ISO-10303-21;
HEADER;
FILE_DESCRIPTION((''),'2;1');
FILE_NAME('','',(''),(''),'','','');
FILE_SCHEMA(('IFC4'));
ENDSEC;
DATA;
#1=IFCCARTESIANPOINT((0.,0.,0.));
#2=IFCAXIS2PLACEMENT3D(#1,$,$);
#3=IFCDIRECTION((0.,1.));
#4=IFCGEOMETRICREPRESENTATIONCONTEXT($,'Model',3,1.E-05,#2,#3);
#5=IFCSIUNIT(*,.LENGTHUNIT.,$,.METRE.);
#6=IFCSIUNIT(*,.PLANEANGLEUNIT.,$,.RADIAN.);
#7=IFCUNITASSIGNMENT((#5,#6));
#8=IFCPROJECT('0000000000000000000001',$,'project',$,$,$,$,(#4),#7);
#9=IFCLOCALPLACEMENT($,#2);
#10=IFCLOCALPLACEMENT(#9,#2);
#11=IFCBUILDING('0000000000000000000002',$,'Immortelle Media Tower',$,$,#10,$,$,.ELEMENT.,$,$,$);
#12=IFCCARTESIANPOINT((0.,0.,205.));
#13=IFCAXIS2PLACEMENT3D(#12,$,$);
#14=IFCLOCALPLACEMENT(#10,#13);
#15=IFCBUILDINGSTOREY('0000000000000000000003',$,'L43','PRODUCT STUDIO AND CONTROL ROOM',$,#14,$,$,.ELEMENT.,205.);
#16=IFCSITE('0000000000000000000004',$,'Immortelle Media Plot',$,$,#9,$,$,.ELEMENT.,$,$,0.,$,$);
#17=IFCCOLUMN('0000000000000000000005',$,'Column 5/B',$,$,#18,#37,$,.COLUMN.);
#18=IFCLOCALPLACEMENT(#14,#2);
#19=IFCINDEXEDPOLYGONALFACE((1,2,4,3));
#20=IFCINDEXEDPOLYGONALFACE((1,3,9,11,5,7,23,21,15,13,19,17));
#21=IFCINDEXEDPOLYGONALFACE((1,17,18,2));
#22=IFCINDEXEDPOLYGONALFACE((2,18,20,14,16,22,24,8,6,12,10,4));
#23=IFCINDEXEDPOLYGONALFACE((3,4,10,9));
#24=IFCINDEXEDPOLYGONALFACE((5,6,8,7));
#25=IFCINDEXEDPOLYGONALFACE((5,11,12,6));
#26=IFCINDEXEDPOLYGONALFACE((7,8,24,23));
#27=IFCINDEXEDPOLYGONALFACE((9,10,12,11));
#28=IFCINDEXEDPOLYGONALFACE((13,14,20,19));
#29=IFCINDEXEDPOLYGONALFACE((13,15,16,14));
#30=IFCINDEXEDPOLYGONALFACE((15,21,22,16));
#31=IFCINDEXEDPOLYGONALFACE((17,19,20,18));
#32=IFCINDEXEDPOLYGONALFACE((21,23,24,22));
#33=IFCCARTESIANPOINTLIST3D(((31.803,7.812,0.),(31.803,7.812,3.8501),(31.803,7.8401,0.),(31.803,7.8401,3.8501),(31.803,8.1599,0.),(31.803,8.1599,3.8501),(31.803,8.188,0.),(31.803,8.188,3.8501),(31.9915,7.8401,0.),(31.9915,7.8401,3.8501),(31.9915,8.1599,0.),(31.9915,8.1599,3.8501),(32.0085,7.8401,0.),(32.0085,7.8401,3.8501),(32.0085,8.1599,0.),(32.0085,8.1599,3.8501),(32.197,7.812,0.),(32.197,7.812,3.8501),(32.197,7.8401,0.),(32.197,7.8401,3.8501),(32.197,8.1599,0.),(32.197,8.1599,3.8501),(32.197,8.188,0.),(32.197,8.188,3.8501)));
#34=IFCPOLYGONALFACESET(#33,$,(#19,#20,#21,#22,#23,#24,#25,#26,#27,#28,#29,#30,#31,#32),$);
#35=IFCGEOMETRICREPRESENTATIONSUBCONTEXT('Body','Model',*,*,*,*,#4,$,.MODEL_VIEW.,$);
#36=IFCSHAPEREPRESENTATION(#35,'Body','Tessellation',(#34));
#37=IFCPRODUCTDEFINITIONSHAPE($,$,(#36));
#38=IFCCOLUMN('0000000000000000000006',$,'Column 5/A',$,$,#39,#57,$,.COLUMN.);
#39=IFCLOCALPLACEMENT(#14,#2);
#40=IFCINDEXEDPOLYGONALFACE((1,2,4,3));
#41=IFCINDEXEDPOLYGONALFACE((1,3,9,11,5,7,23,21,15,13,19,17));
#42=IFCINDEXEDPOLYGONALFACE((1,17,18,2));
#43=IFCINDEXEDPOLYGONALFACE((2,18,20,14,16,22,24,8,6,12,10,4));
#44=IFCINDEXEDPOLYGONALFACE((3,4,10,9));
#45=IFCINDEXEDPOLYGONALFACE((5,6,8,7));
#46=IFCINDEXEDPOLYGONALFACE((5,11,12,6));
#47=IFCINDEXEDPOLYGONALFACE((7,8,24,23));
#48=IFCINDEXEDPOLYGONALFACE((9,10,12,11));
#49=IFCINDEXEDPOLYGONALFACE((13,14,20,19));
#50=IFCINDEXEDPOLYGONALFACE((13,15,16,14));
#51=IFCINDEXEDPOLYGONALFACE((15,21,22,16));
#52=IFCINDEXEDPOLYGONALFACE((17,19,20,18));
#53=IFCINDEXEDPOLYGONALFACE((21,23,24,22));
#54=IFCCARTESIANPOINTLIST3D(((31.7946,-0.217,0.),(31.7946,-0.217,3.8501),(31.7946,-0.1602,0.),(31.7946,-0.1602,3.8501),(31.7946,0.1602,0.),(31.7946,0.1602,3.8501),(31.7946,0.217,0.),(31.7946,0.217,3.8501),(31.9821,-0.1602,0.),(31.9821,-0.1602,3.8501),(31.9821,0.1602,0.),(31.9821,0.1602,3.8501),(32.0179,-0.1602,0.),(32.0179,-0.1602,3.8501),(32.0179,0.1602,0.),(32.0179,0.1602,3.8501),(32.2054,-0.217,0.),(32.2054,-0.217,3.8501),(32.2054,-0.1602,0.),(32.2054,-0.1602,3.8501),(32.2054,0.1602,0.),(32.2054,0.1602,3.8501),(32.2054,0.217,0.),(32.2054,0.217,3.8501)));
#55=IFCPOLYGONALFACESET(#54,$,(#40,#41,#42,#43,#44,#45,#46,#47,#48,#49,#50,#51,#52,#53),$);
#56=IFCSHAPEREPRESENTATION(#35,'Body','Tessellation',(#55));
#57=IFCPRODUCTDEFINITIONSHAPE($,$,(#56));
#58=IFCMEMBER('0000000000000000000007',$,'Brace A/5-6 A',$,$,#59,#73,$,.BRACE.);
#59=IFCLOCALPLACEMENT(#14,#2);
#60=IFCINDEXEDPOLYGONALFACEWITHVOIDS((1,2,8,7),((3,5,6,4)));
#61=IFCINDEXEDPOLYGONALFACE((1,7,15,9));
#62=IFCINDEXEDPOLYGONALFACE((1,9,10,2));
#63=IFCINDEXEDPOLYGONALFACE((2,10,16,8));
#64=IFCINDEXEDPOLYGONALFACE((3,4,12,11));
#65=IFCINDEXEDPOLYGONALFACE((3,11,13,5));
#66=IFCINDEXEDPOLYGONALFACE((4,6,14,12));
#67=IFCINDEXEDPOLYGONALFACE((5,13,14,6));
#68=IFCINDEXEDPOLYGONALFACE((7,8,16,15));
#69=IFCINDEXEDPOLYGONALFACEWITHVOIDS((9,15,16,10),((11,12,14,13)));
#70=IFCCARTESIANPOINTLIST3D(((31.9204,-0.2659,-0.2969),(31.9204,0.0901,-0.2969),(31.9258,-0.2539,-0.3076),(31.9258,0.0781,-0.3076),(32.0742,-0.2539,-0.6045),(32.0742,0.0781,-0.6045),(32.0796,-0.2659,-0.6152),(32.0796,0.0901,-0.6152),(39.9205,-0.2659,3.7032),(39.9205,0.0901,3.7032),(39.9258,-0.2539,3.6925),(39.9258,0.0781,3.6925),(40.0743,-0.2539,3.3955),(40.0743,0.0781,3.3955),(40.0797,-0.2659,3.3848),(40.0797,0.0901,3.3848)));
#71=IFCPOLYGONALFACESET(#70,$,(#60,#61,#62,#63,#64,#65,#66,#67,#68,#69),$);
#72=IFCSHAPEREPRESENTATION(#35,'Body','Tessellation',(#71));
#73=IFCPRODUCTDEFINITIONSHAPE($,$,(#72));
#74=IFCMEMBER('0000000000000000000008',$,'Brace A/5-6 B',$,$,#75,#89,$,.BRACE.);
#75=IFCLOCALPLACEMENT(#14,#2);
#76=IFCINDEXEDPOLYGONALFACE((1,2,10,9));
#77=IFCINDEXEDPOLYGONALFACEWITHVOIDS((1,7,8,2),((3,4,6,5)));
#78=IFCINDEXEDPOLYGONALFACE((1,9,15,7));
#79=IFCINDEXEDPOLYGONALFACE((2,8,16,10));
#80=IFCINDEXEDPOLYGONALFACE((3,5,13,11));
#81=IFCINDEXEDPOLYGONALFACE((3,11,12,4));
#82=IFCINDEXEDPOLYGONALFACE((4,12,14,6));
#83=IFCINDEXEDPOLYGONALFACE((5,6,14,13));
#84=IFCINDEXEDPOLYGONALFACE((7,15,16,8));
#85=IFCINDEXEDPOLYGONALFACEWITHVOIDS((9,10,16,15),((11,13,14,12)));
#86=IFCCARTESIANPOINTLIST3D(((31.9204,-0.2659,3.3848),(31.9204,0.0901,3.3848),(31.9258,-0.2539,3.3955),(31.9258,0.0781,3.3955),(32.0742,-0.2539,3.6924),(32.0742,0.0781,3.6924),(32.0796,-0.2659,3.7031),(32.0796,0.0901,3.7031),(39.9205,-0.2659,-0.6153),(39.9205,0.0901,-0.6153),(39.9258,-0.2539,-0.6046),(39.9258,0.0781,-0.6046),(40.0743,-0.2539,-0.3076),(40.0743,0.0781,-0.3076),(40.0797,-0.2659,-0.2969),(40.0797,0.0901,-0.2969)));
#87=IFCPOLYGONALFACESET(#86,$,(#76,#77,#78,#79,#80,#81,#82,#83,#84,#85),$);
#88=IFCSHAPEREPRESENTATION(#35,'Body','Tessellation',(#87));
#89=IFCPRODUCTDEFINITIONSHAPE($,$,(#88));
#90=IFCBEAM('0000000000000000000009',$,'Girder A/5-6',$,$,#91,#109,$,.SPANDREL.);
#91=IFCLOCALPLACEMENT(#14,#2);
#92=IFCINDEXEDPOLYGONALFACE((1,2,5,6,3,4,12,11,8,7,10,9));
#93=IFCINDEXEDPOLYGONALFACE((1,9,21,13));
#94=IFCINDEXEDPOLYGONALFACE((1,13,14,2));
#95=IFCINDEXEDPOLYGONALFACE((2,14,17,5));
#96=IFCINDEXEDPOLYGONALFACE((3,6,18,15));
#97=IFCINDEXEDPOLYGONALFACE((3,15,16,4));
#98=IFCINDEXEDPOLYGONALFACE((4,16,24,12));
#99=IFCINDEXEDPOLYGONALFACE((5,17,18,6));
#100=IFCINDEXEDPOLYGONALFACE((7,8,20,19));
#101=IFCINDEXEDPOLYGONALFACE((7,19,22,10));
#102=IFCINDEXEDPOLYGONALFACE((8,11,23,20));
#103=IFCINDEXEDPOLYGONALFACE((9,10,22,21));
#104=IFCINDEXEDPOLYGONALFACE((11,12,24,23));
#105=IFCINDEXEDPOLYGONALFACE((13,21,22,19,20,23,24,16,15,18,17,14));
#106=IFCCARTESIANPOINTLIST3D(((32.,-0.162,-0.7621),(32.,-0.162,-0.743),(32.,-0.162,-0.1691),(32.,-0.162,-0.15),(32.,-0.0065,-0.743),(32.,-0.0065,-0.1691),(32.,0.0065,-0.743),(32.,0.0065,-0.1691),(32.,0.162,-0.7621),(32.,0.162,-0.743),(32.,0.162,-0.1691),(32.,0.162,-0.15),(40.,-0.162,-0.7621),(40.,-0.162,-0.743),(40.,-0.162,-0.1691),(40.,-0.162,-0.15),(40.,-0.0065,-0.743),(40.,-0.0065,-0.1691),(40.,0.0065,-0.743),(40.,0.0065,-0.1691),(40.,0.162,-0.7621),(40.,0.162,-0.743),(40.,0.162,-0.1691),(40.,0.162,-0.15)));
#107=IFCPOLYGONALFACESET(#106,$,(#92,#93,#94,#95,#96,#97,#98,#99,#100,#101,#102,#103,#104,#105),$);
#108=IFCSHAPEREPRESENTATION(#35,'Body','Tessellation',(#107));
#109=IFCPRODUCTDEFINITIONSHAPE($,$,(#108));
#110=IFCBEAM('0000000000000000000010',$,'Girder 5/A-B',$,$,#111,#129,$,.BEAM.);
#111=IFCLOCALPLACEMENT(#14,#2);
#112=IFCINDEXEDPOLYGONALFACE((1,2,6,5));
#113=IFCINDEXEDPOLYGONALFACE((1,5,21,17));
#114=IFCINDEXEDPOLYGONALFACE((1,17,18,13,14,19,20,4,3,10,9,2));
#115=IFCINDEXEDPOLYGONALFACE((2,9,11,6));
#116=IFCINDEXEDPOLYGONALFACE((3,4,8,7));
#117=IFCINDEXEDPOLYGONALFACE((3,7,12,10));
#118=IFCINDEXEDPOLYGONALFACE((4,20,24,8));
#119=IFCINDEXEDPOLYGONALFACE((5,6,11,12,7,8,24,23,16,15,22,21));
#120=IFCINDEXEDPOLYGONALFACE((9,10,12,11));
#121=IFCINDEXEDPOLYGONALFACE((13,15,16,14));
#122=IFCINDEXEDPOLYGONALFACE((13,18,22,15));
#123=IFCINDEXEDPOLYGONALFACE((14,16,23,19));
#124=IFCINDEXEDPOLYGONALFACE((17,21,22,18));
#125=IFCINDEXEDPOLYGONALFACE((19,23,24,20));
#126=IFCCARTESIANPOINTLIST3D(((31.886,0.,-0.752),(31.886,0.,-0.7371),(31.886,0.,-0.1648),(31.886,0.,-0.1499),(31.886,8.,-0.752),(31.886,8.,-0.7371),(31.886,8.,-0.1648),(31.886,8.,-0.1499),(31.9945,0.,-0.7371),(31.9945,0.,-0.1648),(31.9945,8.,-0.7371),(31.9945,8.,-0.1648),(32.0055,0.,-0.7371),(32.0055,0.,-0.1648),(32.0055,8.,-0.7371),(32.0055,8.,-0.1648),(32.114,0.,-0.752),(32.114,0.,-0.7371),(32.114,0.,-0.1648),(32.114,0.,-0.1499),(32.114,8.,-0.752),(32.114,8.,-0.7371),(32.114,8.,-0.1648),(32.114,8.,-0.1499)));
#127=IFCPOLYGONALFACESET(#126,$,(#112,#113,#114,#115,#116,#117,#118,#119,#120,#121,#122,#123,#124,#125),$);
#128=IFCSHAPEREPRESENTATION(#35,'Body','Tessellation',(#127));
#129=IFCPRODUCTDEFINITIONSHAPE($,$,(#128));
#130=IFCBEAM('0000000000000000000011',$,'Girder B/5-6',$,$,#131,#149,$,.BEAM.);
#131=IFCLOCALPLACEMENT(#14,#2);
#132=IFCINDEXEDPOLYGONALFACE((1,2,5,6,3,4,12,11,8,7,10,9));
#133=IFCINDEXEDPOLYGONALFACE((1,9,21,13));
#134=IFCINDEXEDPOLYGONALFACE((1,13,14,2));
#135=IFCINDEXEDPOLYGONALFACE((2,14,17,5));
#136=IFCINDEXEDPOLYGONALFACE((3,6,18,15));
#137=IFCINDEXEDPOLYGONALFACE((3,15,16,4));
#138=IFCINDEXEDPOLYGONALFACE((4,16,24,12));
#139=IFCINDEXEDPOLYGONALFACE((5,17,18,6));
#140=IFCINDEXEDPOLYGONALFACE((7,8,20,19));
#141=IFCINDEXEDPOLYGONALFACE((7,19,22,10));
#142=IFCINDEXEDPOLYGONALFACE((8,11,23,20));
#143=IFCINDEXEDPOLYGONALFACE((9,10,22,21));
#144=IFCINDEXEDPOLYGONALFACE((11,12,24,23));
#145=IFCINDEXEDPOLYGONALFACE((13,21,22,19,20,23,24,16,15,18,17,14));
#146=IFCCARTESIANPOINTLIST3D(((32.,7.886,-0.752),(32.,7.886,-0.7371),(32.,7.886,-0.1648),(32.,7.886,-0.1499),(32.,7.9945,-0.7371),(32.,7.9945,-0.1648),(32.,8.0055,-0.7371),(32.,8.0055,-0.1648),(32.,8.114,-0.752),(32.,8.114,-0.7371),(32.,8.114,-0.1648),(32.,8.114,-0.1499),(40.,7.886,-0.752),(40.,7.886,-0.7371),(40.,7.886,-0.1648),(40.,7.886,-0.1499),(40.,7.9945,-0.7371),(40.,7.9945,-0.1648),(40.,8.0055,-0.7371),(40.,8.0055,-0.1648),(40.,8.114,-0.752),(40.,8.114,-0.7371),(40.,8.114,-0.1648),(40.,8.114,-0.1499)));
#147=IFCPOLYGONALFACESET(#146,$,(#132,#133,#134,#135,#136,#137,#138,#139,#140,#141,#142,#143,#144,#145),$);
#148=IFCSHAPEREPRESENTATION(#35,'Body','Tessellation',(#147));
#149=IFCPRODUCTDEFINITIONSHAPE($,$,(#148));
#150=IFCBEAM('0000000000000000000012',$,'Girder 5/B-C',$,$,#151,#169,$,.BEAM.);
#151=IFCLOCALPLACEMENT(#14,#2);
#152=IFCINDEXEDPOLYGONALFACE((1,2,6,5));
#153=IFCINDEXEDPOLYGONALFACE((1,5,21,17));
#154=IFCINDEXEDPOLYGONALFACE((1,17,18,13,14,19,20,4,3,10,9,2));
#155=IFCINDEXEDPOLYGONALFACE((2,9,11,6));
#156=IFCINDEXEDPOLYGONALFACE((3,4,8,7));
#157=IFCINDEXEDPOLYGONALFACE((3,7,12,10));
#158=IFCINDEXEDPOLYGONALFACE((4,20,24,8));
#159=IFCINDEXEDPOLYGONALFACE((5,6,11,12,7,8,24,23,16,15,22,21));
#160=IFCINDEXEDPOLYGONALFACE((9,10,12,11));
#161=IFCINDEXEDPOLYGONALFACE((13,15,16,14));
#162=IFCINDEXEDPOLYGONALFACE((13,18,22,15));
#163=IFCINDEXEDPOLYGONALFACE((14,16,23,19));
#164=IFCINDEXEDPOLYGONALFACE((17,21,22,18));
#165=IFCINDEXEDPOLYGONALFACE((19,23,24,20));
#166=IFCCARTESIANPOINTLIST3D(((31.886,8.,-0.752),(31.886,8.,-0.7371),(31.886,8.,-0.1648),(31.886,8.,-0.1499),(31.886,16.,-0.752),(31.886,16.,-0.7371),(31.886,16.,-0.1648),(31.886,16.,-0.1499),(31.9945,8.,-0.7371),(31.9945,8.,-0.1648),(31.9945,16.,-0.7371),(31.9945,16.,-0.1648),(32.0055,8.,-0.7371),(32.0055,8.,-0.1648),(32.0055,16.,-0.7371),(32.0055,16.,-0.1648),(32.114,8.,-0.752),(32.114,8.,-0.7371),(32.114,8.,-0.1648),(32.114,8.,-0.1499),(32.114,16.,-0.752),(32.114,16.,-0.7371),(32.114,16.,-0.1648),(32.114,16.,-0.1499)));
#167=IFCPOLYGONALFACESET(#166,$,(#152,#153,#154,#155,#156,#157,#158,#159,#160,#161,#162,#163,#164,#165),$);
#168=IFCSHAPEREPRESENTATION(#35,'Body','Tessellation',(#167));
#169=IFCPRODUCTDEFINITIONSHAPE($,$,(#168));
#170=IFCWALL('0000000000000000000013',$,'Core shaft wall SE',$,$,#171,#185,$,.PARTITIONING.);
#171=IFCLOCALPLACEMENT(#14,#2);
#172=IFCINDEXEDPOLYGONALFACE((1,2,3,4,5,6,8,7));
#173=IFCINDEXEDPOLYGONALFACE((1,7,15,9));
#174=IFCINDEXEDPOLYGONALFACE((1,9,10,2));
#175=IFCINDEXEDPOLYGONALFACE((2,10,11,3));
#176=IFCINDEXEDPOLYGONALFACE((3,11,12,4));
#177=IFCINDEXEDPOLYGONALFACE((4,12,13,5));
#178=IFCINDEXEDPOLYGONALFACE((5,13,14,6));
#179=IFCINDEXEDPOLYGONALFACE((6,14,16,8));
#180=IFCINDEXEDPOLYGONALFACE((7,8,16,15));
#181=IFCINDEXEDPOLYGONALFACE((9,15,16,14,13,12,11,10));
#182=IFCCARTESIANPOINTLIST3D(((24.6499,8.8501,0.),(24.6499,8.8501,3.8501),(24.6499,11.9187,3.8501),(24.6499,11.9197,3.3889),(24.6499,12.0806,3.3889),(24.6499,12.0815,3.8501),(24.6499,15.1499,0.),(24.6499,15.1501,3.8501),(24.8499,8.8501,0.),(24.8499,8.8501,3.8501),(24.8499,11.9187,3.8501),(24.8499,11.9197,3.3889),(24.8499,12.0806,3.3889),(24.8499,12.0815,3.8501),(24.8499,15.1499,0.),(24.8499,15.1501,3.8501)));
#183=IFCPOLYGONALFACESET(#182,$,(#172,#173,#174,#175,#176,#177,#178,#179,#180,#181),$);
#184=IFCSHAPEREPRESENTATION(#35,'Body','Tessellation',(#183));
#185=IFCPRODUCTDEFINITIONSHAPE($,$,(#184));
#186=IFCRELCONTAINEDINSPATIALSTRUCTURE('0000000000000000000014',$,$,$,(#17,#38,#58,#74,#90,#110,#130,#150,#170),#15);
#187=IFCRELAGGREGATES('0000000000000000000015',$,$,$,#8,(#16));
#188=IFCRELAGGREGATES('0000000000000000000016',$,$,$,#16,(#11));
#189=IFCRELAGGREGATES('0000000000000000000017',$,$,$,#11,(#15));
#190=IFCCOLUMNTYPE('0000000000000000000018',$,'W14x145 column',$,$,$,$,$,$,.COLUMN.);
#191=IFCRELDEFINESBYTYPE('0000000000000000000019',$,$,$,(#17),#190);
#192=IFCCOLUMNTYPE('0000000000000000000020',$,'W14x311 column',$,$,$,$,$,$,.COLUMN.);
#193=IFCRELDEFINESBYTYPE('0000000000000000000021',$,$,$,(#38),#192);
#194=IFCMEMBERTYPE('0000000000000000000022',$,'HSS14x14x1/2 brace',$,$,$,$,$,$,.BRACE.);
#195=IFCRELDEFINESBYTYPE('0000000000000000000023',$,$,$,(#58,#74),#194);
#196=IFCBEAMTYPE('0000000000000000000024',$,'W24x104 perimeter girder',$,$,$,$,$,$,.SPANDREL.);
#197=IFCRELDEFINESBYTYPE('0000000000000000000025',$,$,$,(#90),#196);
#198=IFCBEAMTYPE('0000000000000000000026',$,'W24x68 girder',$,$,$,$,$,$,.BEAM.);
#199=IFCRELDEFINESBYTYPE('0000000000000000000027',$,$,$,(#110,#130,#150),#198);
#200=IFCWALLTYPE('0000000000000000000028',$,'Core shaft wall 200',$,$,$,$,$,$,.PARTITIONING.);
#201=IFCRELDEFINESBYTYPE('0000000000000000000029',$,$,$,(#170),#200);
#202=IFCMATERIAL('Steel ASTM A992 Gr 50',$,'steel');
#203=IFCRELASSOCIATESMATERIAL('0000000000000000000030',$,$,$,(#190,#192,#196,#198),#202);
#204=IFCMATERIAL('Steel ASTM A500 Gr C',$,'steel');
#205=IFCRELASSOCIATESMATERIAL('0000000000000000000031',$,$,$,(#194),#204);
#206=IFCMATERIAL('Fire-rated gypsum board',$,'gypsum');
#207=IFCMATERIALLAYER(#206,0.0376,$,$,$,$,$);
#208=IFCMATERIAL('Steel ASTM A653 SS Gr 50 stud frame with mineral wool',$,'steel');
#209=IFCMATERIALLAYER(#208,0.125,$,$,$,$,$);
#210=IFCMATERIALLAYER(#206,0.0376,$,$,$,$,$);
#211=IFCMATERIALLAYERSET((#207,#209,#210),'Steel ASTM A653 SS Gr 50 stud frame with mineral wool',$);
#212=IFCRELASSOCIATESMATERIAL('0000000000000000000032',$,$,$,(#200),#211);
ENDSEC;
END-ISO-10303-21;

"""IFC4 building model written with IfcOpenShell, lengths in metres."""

from ifc_helpers import new_model, si_unit, direction, frame, origin, origin_2d, place, context, subcontext, project, spatial, polyline, hollow_rectangle, i_section, outline, extrude, material, layer, layer_set, material_profile, profile_set, type_object, element, save


model = new_model("IFC4")

# Units and contexts
model_context = context("Model", 3, precision=1e-05, world=origin(), true_north=direction((0.0, 1.0)))
body_context = subcontext(model_context, "Body", "Model", "MODEL_VIEW")
ifc_project = project(units=[si_unit("LENGTHUNIT", "METRE"), si_unit("PLANEANGLEUNIT", "RADIAN")], contexts=[model_context])

# Site, building, storey
site_placement = place(None, origin())
site = spatial("IfcSite", under=ifc_project, at=site_placement, Name="Immortelle Media Plot", CompositionType="ELEMENT", RefElevation=0.0)
building_placement = place(site_placement, origin())
building = spatial("IfcBuilding", under=site, at=building_placement, Name="Immortelle Media Tower", CompositionType="ELEMENT")
storey_placement = place(building_placement, frame((0.0, 0.0, 205.0)))
storey = spatial("IfcBuildingStorey", under=building, at=storey_placement, Name="L43", Description="PRODUCT STUDIO AND CONTROL ROOM", CompositionType="ELEMENT", Elevation=205.0)

# Columns
ifc_material_1 = material(Name="Steel ASTM A992 Gr 50", Category="steel")
ifc_material_profile_1 = material_profile(ifc_material_1, i_section(OverallWidth=0.394, OverallDepth=0.376, WebThickness=0.0171, FlangeThickness=0.0281, at=origin_2d()), Name="W14x145")
ifc_profile_set_1 = profile_set([ifc_material_profile_1], Name="Steel ASTM A992 Gr 50")
column_type_1 = type_object("IfcColumnType", Name="W14x145 column", PredefinedType="COLUMN", material=ifc_profile_set_1)
column_1_placement = place(storey_placement, frame((32.0, 8.0, 0.0), z_axis=(0.0, 0.0, 1.0), x_axis=(1.0, 0.0, 0.0)))
element("IfcColumn", 1, at=column_1_placement, inside=storey, type_object=column_type_1, Name="Column 5/B", PredefinedType="COLUMN", context=body_context, shape_type="SweptSolid", body=[
    extrude(i_section(OverallWidth=0.394, OverallDepth=0.376, WebThickness=0.0171, FlangeThickness=0.0281, at=origin_2d()), origin(), (0.0, 0.0, 1.0), 3.8501),
])
ifc_material_profile_2 = material_profile(ifc_material_1, i_section(OverallWidth=0.4109, OverallDepth=0.4341, WebThickness=0.0359, FlangeThickness=0.0569, at=origin_2d()), Name="W14x311")
ifc_profile_set_2 = profile_set([ifc_material_profile_2], Name="Steel ASTM A992 Gr 50")
column_type_2 = type_object("IfcColumnType", Name="W14x311 column", PredefinedType="COLUMN", material=ifc_profile_set_2)
column_2_placement = place(storey_placement, frame((32.0, 0.0, 0.0), z_axis=(0.0, 0.0, 1.0), x_axis=(1.0, 0.0, 0.0)))
element("IfcColumn", 2, at=column_2_placement, inside=storey, type_object=column_type_2, Name="Column 5/A", PredefinedType="COLUMN", context=body_context, shape_type="SweptSolid", body=[
    extrude(i_section(OverallWidth=0.4109, OverallDepth=0.4341, WebThickness=0.0359, FlangeThickness=0.0569, at=origin_2d()), origin(), (0.0, 0.0, 1.0), 3.8501),
])

# Members
ifc_material_2 = material(Name="Steel ASTM A500 Gr C", Category="steel")
ifc_material_profile_3 = material_profile(ifc_material_2, hollow_rectangle(XDim=0.356, YDim=0.356, WallThickness=0.012, at=origin_2d()), Name="HSS14x14x1/2 brace")
ifc_profile_set_3 = profile_set([ifc_material_profile_3], Name="Steel ASTM A500 Gr C")
member_type = type_object("IfcMemberType", Name="HSS14x14x1/2 brace", PredefinedType="BRACE", material=ifc_profile_set_3)
for number, where, z_axis, x_axis, name in (
    (3, (32.0, -0.0879, -0.4561), (0.894427, 0.0, 0.447214), (0.0, 1.0, 0.0), "Brace A/5-6 A"),
    (4, (32.0, -0.0879, 3.5439), (0.894427, 0.0, -0.447214), (0.0, 1.0, 0.0), "Brace A/5-6 B"),
):
    element("IfcMember", number, at=place(storey_placement, frame(where, z_axis=z_axis, x_axis=x_axis)), inside=storey, type_object=member_type, Name=name, PredefinedType="BRACE", context=body_context, shape_type="SweptSolid", body=[
        extrude(hollow_rectangle(XDim=0.356, YDim=0.356, WallThickness=0.012, at=origin_2d()), origin(), (0.0, 0.0, 1.0), 8.9443),
    ])

# Beams
ifc_material_profile_4 = material_profile(ifc_material_1, i_section(OverallWidth=0.324, OverallDepth=0.6121, WebThickness=0.0129, FlangeThickness=0.019, at=origin_2d()), Name="W24x104")
ifc_profile_set_4 = profile_set([ifc_material_profile_4], Name="Steel ASTM A992 Gr 50")
beam_type_1 = type_object("IfcBeamType", Name="W24x104 perimeter girder", PredefinedType="SPANDREL", material=ifc_profile_set_4)
beam_placement = place(storey_placement, frame((32.0, 0.0, -0.4561), z_axis=(1.0, 0.0, 0.0), x_axis=(0.0, 1.0, 0.0)))
element("IfcBeam", 5, at=beam_placement, inside=storey, type_object=beam_type_1, Name="Girder A/5-6", PredefinedType="SPANDREL", context=body_context, shape_type="SweptSolid", body=[
    extrude(i_section(OverallWidth=0.324, OverallDepth=0.6121, WebThickness=0.0129, FlangeThickness=0.019, at=origin_2d()), origin(), (0.0, 0.0, 1.0), 8.0),
])
ifc_material_profile_5 = material_profile(ifc_material_1, i_section(OverallWidth=0.228, OverallDepth=0.6021, WebThickness=0.011, FlangeThickness=0.0149, at=origin_2d()), Name="W24x68")
ifc_profile_set_5 = profile_set([ifc_material_profile_5], Name="Steel ASTM A992 Gr 50")
beam_type_2 = type_object("IfcBeamType", Name="W24x68 girder", PredefinedType="BEAM", material=ifc_profile_set_5)
for number, where, z_axis, x_axis, name in (
    (6, (32.0, 0.0, -0.4509), (0.0, 1.0, 0.0), (-1.0, 0.0, 0.0), "Girder 5/A-B"),
    (7, (32.0, 8.0, -0.4509), (1.0, 0.0, 0.0), (0.0, 1.0, 0.0), "Girder B/5-6"),
    (8, (32.0, 8.0, -0.4509), (0.0, 1.0, 0.0), (-1.0, 0.0, 0.0), "Girder 5/B-C"),
):
    element("IfcBeam", number, at=place(storey_placement, frame(where, z_axis=z_axis, x_axis=x_axis)), inside=storey, type_object=beam_type_2, Name=name, PredefinedType="BEAM", context=body_context, shape_type="SweptSolid", body=[
        extrude(i_section(OverallWidth=0.228, OverallDepth=0.6021, WebThickness=0.011, FlangeThickness=0.0149, at=origin_2d()), origin(), (0.0, 0.0, 1.0), 8.0),
    ])

# Wall
ifc_material_3 = material(Name="Fire-rated gypsum board", Category="gypsum")
ifc_layer_1 = layer(ifc_material_3, 0.0376)
ifc_material_4 = material(Name="Steel ASTM A653 SS Gr 50 stud frame with mineral wool", Category="steel")
ifc_layer_2 = layer(ifc_material_4, 0.125)
ifc_layer_3 = layer(ifc_material_3, 0.0376)
ifc_layer_set_1 = layer_set([ifc_layer_1, ifc_layer_2, ifc_layer_3], Name="Steel ASTM A653 SS Gr 50 stud frame with mineral wool")
wall_type_1 = type_object("IfcWallType", Name="Core shaft wall 200", PredefinedType="PARTITIONING", material=ifc_layer_set_1)
wall_1_placement = place(storey_placement, frame((24.75, 8.8501, 0.0), z_axis=(0.0, 0.0, 1.0), x_axis=(0.0, 1.0, 0.0)))
element("IfcWall", 9, at=wall_1_placement, inside=storey, type_object=wall_type_1, Name="Core shaft wall SE", PredefinedType="PARTITIONING", context=body_context, shape_type="SweptSolid", body=[
    extrude(outline(polyline([(0.0, 0.0), (6.2998, 0.0), (6.3, 3.8501), (3.2314, 3.8501), (3.2305, 3.3889), (3.0696, 3.3889), (3.0686, 3.8501), (0.0, 3.8501), (0.0, 0.0)])), frame((0.0, 0.1001, 0.0), z_axis=(0.0, -1.0, 0.0), x_axis=(1.0, 0.0, 0.0)), (0.0, 0.0, 1.0), 0.2),
])

save(model, "model.ifc")
